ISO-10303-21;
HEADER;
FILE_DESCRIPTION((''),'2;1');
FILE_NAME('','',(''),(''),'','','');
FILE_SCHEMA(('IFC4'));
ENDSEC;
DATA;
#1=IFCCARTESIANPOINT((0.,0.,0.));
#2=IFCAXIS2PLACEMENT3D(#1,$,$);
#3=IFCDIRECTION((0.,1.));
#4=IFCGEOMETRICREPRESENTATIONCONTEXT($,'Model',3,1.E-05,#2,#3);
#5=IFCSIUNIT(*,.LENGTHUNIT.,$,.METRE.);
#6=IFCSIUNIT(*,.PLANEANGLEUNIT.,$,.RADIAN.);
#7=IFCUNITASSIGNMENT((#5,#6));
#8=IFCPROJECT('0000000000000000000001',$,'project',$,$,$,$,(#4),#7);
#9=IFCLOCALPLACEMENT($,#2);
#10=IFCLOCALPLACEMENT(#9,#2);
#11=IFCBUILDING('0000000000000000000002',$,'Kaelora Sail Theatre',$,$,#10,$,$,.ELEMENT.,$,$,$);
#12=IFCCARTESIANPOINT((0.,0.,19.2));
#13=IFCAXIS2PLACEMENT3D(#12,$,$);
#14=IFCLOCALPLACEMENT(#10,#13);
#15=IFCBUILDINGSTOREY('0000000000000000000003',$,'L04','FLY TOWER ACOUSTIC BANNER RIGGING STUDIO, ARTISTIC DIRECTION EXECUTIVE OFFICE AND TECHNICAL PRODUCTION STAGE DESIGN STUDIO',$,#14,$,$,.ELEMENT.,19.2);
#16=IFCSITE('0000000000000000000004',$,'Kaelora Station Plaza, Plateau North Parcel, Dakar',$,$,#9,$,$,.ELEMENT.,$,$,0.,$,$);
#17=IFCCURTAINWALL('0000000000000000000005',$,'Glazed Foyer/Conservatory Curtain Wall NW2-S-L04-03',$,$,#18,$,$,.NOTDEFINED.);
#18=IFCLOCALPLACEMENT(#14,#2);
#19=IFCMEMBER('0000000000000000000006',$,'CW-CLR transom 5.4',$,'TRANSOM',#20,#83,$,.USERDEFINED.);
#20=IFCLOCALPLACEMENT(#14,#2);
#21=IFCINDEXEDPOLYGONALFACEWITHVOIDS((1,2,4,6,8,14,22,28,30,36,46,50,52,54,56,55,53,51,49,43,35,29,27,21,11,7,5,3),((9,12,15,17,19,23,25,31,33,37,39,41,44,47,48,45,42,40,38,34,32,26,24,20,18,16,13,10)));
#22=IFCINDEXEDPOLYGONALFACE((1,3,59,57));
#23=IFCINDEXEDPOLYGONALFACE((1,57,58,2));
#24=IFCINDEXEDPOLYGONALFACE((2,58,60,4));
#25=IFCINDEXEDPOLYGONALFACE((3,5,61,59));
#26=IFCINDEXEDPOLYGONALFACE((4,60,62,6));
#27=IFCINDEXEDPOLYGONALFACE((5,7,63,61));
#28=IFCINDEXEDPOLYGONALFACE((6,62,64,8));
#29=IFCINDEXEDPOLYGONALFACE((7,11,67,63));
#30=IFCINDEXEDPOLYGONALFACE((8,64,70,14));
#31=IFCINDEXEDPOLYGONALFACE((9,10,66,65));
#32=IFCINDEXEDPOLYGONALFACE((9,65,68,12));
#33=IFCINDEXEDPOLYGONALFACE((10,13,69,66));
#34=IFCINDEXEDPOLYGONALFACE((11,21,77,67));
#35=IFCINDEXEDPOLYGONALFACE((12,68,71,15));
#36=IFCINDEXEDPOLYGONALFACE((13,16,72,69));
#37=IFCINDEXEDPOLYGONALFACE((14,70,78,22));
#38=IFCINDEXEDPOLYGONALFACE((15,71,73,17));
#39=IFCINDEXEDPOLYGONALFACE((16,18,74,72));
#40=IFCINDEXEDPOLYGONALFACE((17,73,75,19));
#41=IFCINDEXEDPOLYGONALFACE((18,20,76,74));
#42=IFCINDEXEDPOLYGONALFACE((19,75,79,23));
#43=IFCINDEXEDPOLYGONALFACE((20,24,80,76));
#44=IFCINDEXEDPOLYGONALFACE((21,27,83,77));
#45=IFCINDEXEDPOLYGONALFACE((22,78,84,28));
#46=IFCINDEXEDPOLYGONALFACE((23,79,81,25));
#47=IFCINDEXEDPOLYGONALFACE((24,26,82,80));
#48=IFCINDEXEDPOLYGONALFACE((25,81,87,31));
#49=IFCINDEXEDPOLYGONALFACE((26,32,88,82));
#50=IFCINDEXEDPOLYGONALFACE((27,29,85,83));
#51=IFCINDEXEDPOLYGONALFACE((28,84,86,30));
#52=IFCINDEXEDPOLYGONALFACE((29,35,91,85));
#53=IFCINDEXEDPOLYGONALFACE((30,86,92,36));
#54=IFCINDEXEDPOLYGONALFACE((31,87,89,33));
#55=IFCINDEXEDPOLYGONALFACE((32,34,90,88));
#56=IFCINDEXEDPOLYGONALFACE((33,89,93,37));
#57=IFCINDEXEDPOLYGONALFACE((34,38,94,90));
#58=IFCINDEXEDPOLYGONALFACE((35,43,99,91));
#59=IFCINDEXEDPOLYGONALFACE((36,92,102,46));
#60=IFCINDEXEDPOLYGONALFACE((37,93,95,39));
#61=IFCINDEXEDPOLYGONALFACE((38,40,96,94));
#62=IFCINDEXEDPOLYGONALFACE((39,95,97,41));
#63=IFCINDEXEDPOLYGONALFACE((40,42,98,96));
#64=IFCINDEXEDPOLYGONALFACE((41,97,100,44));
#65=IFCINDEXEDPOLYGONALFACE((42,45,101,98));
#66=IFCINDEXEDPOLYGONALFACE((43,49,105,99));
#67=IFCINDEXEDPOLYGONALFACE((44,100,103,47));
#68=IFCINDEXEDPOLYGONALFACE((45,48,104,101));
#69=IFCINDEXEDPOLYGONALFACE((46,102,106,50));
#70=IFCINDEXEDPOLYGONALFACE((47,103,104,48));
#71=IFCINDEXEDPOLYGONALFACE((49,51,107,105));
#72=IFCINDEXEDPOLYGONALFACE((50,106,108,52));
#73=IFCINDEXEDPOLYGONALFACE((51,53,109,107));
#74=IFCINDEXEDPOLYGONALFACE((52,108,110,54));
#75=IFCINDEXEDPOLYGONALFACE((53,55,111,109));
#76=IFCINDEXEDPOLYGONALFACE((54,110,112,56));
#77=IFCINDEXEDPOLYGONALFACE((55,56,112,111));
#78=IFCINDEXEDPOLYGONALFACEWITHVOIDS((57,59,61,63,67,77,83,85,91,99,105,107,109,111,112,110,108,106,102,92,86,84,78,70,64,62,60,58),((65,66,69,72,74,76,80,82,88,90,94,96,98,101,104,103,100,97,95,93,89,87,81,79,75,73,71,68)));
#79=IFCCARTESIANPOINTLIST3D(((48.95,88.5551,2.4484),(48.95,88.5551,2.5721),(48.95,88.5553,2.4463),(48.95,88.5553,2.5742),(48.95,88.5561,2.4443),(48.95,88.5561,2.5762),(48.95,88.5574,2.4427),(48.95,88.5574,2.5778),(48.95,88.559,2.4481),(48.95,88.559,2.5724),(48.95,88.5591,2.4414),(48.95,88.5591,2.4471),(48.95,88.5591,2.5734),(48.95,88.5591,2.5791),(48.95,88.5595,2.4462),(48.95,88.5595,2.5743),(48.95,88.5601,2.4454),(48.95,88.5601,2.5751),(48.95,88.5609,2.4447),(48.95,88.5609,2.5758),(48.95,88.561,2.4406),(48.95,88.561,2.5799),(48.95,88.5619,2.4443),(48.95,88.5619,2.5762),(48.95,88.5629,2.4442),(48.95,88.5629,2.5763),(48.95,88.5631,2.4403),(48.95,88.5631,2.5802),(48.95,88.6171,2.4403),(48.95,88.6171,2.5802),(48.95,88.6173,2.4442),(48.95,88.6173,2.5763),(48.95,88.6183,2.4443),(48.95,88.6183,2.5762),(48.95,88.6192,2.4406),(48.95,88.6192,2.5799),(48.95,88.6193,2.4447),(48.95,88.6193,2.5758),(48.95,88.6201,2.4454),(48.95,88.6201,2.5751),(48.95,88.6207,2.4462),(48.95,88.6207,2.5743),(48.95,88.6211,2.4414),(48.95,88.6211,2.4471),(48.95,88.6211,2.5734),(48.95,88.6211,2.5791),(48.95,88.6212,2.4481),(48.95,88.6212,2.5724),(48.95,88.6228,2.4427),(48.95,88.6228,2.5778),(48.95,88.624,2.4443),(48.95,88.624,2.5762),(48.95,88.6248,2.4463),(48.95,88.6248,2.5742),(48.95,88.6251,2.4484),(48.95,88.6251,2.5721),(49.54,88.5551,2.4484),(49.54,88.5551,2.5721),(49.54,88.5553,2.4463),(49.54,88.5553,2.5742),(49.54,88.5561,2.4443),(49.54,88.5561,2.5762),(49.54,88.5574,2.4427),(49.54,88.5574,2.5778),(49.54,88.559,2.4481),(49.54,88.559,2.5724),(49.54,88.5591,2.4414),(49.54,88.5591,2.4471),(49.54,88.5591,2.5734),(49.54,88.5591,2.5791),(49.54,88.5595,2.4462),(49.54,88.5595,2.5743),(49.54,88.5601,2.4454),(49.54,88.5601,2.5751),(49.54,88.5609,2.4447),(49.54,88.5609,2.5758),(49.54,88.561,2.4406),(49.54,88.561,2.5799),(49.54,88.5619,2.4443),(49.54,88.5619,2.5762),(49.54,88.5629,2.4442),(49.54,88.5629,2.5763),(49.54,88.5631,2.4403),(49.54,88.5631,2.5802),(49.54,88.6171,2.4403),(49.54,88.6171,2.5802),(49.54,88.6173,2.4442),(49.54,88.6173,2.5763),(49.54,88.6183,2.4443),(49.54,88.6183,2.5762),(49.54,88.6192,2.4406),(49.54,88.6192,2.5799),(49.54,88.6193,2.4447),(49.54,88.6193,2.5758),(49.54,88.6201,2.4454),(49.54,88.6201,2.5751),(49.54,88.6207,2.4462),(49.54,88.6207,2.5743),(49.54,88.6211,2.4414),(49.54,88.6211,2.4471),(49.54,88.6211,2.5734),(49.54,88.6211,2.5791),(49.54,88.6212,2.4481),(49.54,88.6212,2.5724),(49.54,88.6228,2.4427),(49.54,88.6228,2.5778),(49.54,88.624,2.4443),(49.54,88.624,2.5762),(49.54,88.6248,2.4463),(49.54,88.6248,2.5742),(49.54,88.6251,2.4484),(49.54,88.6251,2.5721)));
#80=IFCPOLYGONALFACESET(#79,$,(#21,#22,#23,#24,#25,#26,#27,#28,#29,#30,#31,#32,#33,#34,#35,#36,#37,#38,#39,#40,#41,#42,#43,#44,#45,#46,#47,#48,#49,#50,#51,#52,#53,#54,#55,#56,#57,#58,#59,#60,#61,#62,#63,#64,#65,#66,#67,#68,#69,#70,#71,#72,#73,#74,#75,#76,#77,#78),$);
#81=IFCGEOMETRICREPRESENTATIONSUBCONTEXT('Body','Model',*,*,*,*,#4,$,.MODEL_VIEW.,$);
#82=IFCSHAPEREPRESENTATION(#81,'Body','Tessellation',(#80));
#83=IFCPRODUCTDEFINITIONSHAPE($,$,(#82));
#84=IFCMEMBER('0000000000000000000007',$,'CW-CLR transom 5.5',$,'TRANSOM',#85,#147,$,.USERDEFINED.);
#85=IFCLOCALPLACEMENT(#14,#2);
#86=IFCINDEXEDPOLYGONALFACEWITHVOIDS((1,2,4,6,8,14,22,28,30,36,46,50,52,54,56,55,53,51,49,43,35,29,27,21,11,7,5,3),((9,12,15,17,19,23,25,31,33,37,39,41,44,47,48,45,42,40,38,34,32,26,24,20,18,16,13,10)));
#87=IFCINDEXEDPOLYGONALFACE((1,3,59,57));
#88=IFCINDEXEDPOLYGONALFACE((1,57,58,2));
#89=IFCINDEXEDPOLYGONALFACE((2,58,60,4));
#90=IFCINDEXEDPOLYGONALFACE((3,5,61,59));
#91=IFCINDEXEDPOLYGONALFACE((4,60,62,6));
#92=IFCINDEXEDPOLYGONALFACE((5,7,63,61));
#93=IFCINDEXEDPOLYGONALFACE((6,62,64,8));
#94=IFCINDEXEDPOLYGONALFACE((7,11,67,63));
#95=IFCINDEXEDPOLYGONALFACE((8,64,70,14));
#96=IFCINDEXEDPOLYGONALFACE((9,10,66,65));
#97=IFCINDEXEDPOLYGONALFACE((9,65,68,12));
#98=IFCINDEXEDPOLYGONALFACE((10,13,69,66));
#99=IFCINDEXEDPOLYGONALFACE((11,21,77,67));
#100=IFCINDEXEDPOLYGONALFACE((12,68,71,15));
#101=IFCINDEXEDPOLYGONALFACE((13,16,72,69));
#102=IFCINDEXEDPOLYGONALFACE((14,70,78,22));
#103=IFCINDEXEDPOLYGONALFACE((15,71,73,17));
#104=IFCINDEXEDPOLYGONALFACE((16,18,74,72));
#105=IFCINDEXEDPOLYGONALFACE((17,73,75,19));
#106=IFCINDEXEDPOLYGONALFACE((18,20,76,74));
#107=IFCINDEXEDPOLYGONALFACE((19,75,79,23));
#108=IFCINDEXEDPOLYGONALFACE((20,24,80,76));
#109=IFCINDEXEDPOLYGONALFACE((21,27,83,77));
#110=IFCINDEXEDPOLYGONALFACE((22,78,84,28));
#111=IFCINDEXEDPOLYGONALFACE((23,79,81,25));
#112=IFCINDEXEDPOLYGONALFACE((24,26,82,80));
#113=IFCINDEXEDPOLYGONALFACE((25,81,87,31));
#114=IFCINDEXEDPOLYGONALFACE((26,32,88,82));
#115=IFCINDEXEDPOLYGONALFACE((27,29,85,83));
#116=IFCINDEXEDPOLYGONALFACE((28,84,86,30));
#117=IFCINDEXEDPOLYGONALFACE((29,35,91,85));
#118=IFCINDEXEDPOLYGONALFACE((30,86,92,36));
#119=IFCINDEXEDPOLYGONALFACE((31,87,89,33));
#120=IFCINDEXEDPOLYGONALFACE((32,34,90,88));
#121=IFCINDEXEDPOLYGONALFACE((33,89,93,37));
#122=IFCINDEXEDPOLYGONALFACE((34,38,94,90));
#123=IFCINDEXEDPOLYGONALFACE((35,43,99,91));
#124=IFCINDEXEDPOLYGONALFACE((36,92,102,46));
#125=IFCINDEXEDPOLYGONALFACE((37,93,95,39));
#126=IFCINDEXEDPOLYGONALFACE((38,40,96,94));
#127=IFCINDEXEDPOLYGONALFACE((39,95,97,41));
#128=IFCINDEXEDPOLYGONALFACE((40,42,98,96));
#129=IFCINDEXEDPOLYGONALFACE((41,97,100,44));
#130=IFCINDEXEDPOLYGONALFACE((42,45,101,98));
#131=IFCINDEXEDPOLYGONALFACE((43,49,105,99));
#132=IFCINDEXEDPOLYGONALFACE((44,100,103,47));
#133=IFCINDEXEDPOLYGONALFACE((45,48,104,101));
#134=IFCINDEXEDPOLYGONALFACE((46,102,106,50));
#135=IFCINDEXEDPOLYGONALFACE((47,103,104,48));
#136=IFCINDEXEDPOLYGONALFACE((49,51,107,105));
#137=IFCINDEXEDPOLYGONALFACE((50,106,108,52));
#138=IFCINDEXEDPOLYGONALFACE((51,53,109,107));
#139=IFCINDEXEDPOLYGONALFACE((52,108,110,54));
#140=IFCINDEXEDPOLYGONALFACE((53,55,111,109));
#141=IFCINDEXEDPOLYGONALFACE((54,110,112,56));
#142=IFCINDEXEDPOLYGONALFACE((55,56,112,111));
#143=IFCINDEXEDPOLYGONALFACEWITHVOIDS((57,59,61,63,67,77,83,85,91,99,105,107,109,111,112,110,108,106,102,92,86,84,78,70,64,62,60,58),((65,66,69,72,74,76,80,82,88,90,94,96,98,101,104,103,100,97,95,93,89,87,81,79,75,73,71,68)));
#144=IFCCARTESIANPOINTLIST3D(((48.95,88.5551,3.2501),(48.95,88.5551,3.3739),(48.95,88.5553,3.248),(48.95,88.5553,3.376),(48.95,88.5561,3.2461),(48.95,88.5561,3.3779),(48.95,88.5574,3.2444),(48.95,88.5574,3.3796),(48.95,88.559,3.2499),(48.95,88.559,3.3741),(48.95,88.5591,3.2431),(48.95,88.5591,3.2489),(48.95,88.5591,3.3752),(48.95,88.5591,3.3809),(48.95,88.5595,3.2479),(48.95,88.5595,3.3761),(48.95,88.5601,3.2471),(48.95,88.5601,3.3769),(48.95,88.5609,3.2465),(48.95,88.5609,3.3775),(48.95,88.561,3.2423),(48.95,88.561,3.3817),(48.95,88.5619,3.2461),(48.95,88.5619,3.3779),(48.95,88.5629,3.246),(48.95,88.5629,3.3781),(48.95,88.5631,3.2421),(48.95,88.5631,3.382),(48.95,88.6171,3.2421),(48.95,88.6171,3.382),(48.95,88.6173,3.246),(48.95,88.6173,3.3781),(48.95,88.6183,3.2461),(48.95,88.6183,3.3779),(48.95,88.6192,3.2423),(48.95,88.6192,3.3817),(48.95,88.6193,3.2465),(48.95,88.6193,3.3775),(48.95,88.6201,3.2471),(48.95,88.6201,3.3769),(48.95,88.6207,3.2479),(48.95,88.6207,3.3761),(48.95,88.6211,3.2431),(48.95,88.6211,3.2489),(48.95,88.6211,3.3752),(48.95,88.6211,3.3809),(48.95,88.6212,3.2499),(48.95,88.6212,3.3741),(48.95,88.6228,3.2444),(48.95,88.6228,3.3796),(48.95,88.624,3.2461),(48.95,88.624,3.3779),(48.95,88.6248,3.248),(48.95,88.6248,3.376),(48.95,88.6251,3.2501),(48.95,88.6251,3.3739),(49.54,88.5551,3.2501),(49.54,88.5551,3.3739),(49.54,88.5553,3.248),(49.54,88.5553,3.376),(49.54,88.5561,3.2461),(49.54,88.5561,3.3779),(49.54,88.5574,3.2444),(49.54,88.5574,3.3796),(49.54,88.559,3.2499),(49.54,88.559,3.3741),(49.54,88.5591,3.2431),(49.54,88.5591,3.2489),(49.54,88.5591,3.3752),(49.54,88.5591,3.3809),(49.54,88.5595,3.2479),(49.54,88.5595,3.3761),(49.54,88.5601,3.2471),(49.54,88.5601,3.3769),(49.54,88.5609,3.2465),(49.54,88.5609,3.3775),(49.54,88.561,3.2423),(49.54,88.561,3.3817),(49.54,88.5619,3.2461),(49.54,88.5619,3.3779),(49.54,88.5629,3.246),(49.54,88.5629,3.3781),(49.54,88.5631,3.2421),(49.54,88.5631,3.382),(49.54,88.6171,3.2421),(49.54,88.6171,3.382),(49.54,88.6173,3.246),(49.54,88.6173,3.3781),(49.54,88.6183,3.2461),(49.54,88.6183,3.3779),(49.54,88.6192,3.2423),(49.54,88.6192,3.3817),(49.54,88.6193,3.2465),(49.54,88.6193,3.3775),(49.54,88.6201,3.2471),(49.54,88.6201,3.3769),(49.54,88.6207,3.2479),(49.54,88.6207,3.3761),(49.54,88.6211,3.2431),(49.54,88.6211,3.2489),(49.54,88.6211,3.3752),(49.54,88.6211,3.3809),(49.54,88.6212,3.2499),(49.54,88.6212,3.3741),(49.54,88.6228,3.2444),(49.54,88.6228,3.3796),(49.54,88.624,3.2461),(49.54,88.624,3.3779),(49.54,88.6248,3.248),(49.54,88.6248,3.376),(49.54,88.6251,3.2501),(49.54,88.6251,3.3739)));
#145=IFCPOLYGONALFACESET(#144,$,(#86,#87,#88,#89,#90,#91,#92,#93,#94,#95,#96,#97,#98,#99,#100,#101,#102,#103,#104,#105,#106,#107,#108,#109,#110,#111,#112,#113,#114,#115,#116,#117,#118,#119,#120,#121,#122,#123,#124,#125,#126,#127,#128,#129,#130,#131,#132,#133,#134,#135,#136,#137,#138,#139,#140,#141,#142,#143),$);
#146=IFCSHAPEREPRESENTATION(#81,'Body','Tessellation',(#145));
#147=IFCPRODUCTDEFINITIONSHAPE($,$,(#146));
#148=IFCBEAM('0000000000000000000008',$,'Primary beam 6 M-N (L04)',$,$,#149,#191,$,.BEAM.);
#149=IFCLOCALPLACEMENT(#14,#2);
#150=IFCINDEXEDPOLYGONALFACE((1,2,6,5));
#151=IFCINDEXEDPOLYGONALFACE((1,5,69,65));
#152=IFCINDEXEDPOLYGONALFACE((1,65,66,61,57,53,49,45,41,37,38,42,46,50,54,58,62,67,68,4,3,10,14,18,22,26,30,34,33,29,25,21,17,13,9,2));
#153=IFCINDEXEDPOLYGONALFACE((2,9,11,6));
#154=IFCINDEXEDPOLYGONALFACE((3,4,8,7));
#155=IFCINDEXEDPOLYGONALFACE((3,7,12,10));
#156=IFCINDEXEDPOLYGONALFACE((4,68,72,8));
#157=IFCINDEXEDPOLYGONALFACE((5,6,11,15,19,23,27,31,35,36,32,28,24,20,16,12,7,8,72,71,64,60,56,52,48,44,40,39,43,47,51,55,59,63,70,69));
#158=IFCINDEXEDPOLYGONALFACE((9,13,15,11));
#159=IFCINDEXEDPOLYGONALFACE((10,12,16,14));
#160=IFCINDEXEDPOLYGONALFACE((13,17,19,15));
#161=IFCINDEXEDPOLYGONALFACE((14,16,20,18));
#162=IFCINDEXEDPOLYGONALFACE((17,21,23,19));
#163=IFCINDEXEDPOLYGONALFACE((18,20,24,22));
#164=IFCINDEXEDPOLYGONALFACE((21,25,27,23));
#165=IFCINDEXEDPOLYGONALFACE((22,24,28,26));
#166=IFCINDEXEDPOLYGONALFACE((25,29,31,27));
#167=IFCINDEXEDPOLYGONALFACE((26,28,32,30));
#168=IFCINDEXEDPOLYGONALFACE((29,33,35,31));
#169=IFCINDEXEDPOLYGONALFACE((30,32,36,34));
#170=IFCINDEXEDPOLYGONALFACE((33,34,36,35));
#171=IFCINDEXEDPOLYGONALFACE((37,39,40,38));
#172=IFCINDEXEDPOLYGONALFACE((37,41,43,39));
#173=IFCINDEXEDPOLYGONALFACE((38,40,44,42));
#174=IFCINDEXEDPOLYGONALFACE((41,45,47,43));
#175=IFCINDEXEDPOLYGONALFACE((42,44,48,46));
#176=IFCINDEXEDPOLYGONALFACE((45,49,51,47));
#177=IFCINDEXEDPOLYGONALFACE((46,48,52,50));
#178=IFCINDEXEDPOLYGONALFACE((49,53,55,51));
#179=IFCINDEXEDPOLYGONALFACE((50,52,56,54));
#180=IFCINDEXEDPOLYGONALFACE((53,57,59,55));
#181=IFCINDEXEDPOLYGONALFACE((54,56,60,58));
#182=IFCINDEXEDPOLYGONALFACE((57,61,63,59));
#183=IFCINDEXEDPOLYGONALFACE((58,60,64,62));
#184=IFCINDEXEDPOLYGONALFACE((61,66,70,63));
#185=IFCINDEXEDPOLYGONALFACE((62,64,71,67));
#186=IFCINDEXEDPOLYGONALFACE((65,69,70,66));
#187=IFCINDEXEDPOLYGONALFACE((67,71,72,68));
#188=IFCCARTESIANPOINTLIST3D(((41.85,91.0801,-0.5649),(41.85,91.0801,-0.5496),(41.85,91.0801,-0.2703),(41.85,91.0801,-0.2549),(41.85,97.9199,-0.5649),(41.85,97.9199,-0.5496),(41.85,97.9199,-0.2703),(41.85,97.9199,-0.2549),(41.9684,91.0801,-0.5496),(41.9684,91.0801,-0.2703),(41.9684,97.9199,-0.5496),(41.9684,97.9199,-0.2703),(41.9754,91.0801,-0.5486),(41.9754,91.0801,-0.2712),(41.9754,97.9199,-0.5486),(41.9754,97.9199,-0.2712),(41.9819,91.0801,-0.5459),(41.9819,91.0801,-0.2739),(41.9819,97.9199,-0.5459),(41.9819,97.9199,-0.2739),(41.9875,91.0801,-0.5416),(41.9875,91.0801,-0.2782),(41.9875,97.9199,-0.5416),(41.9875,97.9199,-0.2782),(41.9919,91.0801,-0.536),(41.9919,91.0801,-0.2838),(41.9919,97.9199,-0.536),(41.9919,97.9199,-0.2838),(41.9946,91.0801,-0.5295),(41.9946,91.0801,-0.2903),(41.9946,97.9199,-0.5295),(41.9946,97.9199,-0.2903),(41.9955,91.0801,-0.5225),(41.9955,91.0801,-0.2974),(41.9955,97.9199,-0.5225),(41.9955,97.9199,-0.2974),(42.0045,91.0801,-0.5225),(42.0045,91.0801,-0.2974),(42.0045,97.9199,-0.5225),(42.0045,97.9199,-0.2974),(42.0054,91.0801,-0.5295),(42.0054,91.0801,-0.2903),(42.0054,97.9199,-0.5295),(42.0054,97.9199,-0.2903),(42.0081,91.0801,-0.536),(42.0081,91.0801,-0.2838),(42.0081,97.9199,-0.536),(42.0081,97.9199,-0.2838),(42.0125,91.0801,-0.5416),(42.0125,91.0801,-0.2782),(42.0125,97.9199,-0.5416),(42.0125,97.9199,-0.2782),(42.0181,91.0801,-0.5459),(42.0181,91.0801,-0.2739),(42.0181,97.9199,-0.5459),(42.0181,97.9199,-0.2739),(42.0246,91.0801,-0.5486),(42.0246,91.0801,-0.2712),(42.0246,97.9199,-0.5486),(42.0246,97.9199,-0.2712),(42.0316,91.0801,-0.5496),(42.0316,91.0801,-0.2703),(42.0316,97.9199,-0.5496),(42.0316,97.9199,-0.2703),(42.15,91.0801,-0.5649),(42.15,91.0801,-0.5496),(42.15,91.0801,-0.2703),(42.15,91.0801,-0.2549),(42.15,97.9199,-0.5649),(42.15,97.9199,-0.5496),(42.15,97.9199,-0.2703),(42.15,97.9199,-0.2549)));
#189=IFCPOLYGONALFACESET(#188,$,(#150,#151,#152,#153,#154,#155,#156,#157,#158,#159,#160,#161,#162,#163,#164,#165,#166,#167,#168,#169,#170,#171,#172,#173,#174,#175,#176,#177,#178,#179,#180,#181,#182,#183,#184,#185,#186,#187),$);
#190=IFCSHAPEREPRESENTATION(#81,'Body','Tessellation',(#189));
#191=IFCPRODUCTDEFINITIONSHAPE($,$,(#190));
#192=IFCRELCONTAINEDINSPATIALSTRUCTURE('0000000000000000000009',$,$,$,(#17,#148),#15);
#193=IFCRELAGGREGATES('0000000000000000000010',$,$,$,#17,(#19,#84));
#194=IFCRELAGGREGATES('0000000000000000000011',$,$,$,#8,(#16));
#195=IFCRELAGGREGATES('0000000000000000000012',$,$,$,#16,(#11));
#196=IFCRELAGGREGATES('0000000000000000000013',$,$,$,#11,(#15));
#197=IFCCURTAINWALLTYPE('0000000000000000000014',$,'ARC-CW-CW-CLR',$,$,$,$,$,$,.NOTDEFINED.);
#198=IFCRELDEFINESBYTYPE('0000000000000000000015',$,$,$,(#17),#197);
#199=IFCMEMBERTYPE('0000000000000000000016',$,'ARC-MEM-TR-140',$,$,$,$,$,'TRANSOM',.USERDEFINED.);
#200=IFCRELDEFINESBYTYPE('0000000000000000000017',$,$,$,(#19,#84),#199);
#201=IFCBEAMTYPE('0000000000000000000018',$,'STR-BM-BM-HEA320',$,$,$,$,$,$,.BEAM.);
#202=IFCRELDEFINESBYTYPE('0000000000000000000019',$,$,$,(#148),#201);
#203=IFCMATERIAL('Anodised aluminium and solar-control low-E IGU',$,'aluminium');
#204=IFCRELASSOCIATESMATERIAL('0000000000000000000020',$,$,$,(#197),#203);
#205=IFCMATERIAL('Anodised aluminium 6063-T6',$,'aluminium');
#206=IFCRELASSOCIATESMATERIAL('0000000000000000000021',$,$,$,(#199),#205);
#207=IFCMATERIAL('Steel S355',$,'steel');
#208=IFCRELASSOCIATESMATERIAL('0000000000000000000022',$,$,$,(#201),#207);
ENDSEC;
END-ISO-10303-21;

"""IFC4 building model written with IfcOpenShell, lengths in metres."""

from ifc_helpers import new_model, si_unit, direction, frame, origin, origin_2d, place, context, subcontext, project, spatial, hollow_rectangle, i_section, extrude, material, material_profile, profile_set, type_object, element, aggregate, save


model = new_model("IFC4")

# Units and contexts
model_context = context("Model", 3, precision=1e-05, world=origin(), true_north=direction((0.0, 1.0)))
body_context = subcontext(model_context, "Body", "Model", "MODEL_VIEW")
ifc_project = project(units=[si_unit("LENGTHUNIT", "METRE"), si_unit("PLANEANGLEUNIT", "RADIAN")], contexts=[model_context])

# Site, building, storey
site_placement = place(None, origin())
site = spatial("IfcSite", under=ifc_project, at=site_placement, Name="Kaelora Station Plaza, Plateau North Parcel, Dakar", CompositionType="ELEMENT", RefElevation=0.0)
building_placement = place(site_placement, origin())
building = spatial("IfcBuilding", under=site, at=building_placement, Name="Kaelora Sail Theatre", CompositionType="ELEMENT")
storey_placement = place(building_placement, frame((0.0, 0.0, 19.2)))
storey = spatial("IfcBuildingStorey", under=building, at=storey_placement, Name="L04", Description="FLY TOWER ACOUSTIC BANNER RIGGING STUDIO, ARTISTIC DIRECTION EXECUTIVE OFFICE AND TECHNICAL PRODUCTION STAGE DESIGN STUDIO", CompositionType="ELEMENT", Elevation=19.2)

# Curtain wall, members
ifc_material_1 = material(Name="Anodised aluminium and solar-control low-E IGU", Category="aluminium")
curtain_wall_type = type_object("IfcCurtainWallType", Name="ARC-CW-CW-CLR", PredefinedType="NOTDEFINED", material=ifc_material_1)
curtain_wall_placement = place(storey_placement, origin())
curtain_wall = element("IfcCurtainWall", 1, at=curtain_wall_placement, inside=storey, type_object=curtain_wall_type, Name="Glazed Foyer/Conservatory Curtain Wall NW2-S-L04-03", PredefinedType="NOTDEFINED")
ifc_material_2 = material(Name="Anodised aluminium 6063-T6", Category="aluminium")
ifc_material_profile_1 = material_profile(ifc_material_2, hollow_rectangle(XDim=0.0701, YDim=0.1399, WallThickness=0.0039, InnerFilletRadius=0.0039, OuterFilletRadius=0.0081, at=origin_2d()), Name="ALU-TRAN 70x140x4")
ifc_profile_set_1 = profile_set([ifc_material_profile_1], Name="Anodised aluminium 6063-T6")
member_type_1 = type_object("IfcMemberType", Name="ARC-MEM-TR-140", ElementType="TRANSOM", PredefinedType="USERDEFINED", material=ifc_profile_set_1)
member_1_placement = place(storey_placement, frame((48.95, 88.5901, 2.5103), z_axis=(1.0, 0.0, 0.0), x_axis=(0.0, 1.0, 0.0)))
member_1 = element("IfcMember", 2, at=member_1_placement, type_object=member_type_1, Name="CW-CLR transom 5.4", ObjectType="TRANSOM", PredefinedType="USERDEFINED", context=body_context, shape_type="SweptSolid", body=[
    extrude(hollow_rectangle(XDim=0.0701, YDim=0.1399, WallThickness=0.0039, InnerFilletRadius=0.0039, OuterFilletRadius=0.0081, at=origin_2d()), origin(), (0.0, 0.0, 1.0), 0.5901),
])
member_2_placement = place(storey_placement, frame((48.95, 88.5901, 3.312), z_axis=(1.0, 0.0, 0.0), x_axis=(0.0, 1.0, 0.0)))
member_2 = element("IfcMember", 3, at=member_2_placement, type_object=member_type_1, Name="CW-CLR transom 5.5", ObjectType="TRANSOM", PredefinedType="USERDEFINED", context=body_context, shape_type="SweptSolid", body=[
    extrude(hollow_rectangle(XDim=0.0701, YDim=0.1399, WallThickness=0.0039, InnerFilletRadius=0.0039, OuterFilletRadius=0.0081, at=origin_2d()), origin(), (0.0, 0.0, 1.0), 0.5901),
])

# Beam
ifc_material_3 = material(Name="Steel S355", Category="steel")
ifc_material_profile_2 = material_profile(ifc_material_3, i_section(OverallWidth=0.3, OverallDepth=0.3101, WebThickness=0.009, FlangeThickness=0.0154, FilletRadius=0.0271, at=origin_2d()), Name="HEA 320")
ifc_profile_set_2 = profile_set([ifc_material_profile_2], Name="Steel S355")
beam_type_1 = type_object("IfcBeamType", Name="STR-BM-BM-HEA320", PredefinedType="BEAM", material=ifc_profile_set_2)
beam_1_placement = place(storey_placement, frame((42.0, 91.0801, -0.4099), z_axis=(0.0, 1.0, 0.0), x_axis=(-1.0, 0.0, 0.0)))
element("IfcBeam", 4, at=beam_1_placement, inside=storey, type_object=beam_type_1, Name="Primary beam 6 M-N (L04)", PredefinedType="BEAM", context=body_context, shape_type="SweptSolid", body=[
    extrude(i_section(OverallWidth=0.3, OverallDepth=0.3101, WebThickness=0.009, FlangeThickness=0.0154, FilletRadius=0.0271, at=origin_2d()), origin(), (0.0, 0.0, 1.0), 6.8398),
])

aggregate(curtain_wall, [member_1, member_2])

save(model, "model.ifc")
